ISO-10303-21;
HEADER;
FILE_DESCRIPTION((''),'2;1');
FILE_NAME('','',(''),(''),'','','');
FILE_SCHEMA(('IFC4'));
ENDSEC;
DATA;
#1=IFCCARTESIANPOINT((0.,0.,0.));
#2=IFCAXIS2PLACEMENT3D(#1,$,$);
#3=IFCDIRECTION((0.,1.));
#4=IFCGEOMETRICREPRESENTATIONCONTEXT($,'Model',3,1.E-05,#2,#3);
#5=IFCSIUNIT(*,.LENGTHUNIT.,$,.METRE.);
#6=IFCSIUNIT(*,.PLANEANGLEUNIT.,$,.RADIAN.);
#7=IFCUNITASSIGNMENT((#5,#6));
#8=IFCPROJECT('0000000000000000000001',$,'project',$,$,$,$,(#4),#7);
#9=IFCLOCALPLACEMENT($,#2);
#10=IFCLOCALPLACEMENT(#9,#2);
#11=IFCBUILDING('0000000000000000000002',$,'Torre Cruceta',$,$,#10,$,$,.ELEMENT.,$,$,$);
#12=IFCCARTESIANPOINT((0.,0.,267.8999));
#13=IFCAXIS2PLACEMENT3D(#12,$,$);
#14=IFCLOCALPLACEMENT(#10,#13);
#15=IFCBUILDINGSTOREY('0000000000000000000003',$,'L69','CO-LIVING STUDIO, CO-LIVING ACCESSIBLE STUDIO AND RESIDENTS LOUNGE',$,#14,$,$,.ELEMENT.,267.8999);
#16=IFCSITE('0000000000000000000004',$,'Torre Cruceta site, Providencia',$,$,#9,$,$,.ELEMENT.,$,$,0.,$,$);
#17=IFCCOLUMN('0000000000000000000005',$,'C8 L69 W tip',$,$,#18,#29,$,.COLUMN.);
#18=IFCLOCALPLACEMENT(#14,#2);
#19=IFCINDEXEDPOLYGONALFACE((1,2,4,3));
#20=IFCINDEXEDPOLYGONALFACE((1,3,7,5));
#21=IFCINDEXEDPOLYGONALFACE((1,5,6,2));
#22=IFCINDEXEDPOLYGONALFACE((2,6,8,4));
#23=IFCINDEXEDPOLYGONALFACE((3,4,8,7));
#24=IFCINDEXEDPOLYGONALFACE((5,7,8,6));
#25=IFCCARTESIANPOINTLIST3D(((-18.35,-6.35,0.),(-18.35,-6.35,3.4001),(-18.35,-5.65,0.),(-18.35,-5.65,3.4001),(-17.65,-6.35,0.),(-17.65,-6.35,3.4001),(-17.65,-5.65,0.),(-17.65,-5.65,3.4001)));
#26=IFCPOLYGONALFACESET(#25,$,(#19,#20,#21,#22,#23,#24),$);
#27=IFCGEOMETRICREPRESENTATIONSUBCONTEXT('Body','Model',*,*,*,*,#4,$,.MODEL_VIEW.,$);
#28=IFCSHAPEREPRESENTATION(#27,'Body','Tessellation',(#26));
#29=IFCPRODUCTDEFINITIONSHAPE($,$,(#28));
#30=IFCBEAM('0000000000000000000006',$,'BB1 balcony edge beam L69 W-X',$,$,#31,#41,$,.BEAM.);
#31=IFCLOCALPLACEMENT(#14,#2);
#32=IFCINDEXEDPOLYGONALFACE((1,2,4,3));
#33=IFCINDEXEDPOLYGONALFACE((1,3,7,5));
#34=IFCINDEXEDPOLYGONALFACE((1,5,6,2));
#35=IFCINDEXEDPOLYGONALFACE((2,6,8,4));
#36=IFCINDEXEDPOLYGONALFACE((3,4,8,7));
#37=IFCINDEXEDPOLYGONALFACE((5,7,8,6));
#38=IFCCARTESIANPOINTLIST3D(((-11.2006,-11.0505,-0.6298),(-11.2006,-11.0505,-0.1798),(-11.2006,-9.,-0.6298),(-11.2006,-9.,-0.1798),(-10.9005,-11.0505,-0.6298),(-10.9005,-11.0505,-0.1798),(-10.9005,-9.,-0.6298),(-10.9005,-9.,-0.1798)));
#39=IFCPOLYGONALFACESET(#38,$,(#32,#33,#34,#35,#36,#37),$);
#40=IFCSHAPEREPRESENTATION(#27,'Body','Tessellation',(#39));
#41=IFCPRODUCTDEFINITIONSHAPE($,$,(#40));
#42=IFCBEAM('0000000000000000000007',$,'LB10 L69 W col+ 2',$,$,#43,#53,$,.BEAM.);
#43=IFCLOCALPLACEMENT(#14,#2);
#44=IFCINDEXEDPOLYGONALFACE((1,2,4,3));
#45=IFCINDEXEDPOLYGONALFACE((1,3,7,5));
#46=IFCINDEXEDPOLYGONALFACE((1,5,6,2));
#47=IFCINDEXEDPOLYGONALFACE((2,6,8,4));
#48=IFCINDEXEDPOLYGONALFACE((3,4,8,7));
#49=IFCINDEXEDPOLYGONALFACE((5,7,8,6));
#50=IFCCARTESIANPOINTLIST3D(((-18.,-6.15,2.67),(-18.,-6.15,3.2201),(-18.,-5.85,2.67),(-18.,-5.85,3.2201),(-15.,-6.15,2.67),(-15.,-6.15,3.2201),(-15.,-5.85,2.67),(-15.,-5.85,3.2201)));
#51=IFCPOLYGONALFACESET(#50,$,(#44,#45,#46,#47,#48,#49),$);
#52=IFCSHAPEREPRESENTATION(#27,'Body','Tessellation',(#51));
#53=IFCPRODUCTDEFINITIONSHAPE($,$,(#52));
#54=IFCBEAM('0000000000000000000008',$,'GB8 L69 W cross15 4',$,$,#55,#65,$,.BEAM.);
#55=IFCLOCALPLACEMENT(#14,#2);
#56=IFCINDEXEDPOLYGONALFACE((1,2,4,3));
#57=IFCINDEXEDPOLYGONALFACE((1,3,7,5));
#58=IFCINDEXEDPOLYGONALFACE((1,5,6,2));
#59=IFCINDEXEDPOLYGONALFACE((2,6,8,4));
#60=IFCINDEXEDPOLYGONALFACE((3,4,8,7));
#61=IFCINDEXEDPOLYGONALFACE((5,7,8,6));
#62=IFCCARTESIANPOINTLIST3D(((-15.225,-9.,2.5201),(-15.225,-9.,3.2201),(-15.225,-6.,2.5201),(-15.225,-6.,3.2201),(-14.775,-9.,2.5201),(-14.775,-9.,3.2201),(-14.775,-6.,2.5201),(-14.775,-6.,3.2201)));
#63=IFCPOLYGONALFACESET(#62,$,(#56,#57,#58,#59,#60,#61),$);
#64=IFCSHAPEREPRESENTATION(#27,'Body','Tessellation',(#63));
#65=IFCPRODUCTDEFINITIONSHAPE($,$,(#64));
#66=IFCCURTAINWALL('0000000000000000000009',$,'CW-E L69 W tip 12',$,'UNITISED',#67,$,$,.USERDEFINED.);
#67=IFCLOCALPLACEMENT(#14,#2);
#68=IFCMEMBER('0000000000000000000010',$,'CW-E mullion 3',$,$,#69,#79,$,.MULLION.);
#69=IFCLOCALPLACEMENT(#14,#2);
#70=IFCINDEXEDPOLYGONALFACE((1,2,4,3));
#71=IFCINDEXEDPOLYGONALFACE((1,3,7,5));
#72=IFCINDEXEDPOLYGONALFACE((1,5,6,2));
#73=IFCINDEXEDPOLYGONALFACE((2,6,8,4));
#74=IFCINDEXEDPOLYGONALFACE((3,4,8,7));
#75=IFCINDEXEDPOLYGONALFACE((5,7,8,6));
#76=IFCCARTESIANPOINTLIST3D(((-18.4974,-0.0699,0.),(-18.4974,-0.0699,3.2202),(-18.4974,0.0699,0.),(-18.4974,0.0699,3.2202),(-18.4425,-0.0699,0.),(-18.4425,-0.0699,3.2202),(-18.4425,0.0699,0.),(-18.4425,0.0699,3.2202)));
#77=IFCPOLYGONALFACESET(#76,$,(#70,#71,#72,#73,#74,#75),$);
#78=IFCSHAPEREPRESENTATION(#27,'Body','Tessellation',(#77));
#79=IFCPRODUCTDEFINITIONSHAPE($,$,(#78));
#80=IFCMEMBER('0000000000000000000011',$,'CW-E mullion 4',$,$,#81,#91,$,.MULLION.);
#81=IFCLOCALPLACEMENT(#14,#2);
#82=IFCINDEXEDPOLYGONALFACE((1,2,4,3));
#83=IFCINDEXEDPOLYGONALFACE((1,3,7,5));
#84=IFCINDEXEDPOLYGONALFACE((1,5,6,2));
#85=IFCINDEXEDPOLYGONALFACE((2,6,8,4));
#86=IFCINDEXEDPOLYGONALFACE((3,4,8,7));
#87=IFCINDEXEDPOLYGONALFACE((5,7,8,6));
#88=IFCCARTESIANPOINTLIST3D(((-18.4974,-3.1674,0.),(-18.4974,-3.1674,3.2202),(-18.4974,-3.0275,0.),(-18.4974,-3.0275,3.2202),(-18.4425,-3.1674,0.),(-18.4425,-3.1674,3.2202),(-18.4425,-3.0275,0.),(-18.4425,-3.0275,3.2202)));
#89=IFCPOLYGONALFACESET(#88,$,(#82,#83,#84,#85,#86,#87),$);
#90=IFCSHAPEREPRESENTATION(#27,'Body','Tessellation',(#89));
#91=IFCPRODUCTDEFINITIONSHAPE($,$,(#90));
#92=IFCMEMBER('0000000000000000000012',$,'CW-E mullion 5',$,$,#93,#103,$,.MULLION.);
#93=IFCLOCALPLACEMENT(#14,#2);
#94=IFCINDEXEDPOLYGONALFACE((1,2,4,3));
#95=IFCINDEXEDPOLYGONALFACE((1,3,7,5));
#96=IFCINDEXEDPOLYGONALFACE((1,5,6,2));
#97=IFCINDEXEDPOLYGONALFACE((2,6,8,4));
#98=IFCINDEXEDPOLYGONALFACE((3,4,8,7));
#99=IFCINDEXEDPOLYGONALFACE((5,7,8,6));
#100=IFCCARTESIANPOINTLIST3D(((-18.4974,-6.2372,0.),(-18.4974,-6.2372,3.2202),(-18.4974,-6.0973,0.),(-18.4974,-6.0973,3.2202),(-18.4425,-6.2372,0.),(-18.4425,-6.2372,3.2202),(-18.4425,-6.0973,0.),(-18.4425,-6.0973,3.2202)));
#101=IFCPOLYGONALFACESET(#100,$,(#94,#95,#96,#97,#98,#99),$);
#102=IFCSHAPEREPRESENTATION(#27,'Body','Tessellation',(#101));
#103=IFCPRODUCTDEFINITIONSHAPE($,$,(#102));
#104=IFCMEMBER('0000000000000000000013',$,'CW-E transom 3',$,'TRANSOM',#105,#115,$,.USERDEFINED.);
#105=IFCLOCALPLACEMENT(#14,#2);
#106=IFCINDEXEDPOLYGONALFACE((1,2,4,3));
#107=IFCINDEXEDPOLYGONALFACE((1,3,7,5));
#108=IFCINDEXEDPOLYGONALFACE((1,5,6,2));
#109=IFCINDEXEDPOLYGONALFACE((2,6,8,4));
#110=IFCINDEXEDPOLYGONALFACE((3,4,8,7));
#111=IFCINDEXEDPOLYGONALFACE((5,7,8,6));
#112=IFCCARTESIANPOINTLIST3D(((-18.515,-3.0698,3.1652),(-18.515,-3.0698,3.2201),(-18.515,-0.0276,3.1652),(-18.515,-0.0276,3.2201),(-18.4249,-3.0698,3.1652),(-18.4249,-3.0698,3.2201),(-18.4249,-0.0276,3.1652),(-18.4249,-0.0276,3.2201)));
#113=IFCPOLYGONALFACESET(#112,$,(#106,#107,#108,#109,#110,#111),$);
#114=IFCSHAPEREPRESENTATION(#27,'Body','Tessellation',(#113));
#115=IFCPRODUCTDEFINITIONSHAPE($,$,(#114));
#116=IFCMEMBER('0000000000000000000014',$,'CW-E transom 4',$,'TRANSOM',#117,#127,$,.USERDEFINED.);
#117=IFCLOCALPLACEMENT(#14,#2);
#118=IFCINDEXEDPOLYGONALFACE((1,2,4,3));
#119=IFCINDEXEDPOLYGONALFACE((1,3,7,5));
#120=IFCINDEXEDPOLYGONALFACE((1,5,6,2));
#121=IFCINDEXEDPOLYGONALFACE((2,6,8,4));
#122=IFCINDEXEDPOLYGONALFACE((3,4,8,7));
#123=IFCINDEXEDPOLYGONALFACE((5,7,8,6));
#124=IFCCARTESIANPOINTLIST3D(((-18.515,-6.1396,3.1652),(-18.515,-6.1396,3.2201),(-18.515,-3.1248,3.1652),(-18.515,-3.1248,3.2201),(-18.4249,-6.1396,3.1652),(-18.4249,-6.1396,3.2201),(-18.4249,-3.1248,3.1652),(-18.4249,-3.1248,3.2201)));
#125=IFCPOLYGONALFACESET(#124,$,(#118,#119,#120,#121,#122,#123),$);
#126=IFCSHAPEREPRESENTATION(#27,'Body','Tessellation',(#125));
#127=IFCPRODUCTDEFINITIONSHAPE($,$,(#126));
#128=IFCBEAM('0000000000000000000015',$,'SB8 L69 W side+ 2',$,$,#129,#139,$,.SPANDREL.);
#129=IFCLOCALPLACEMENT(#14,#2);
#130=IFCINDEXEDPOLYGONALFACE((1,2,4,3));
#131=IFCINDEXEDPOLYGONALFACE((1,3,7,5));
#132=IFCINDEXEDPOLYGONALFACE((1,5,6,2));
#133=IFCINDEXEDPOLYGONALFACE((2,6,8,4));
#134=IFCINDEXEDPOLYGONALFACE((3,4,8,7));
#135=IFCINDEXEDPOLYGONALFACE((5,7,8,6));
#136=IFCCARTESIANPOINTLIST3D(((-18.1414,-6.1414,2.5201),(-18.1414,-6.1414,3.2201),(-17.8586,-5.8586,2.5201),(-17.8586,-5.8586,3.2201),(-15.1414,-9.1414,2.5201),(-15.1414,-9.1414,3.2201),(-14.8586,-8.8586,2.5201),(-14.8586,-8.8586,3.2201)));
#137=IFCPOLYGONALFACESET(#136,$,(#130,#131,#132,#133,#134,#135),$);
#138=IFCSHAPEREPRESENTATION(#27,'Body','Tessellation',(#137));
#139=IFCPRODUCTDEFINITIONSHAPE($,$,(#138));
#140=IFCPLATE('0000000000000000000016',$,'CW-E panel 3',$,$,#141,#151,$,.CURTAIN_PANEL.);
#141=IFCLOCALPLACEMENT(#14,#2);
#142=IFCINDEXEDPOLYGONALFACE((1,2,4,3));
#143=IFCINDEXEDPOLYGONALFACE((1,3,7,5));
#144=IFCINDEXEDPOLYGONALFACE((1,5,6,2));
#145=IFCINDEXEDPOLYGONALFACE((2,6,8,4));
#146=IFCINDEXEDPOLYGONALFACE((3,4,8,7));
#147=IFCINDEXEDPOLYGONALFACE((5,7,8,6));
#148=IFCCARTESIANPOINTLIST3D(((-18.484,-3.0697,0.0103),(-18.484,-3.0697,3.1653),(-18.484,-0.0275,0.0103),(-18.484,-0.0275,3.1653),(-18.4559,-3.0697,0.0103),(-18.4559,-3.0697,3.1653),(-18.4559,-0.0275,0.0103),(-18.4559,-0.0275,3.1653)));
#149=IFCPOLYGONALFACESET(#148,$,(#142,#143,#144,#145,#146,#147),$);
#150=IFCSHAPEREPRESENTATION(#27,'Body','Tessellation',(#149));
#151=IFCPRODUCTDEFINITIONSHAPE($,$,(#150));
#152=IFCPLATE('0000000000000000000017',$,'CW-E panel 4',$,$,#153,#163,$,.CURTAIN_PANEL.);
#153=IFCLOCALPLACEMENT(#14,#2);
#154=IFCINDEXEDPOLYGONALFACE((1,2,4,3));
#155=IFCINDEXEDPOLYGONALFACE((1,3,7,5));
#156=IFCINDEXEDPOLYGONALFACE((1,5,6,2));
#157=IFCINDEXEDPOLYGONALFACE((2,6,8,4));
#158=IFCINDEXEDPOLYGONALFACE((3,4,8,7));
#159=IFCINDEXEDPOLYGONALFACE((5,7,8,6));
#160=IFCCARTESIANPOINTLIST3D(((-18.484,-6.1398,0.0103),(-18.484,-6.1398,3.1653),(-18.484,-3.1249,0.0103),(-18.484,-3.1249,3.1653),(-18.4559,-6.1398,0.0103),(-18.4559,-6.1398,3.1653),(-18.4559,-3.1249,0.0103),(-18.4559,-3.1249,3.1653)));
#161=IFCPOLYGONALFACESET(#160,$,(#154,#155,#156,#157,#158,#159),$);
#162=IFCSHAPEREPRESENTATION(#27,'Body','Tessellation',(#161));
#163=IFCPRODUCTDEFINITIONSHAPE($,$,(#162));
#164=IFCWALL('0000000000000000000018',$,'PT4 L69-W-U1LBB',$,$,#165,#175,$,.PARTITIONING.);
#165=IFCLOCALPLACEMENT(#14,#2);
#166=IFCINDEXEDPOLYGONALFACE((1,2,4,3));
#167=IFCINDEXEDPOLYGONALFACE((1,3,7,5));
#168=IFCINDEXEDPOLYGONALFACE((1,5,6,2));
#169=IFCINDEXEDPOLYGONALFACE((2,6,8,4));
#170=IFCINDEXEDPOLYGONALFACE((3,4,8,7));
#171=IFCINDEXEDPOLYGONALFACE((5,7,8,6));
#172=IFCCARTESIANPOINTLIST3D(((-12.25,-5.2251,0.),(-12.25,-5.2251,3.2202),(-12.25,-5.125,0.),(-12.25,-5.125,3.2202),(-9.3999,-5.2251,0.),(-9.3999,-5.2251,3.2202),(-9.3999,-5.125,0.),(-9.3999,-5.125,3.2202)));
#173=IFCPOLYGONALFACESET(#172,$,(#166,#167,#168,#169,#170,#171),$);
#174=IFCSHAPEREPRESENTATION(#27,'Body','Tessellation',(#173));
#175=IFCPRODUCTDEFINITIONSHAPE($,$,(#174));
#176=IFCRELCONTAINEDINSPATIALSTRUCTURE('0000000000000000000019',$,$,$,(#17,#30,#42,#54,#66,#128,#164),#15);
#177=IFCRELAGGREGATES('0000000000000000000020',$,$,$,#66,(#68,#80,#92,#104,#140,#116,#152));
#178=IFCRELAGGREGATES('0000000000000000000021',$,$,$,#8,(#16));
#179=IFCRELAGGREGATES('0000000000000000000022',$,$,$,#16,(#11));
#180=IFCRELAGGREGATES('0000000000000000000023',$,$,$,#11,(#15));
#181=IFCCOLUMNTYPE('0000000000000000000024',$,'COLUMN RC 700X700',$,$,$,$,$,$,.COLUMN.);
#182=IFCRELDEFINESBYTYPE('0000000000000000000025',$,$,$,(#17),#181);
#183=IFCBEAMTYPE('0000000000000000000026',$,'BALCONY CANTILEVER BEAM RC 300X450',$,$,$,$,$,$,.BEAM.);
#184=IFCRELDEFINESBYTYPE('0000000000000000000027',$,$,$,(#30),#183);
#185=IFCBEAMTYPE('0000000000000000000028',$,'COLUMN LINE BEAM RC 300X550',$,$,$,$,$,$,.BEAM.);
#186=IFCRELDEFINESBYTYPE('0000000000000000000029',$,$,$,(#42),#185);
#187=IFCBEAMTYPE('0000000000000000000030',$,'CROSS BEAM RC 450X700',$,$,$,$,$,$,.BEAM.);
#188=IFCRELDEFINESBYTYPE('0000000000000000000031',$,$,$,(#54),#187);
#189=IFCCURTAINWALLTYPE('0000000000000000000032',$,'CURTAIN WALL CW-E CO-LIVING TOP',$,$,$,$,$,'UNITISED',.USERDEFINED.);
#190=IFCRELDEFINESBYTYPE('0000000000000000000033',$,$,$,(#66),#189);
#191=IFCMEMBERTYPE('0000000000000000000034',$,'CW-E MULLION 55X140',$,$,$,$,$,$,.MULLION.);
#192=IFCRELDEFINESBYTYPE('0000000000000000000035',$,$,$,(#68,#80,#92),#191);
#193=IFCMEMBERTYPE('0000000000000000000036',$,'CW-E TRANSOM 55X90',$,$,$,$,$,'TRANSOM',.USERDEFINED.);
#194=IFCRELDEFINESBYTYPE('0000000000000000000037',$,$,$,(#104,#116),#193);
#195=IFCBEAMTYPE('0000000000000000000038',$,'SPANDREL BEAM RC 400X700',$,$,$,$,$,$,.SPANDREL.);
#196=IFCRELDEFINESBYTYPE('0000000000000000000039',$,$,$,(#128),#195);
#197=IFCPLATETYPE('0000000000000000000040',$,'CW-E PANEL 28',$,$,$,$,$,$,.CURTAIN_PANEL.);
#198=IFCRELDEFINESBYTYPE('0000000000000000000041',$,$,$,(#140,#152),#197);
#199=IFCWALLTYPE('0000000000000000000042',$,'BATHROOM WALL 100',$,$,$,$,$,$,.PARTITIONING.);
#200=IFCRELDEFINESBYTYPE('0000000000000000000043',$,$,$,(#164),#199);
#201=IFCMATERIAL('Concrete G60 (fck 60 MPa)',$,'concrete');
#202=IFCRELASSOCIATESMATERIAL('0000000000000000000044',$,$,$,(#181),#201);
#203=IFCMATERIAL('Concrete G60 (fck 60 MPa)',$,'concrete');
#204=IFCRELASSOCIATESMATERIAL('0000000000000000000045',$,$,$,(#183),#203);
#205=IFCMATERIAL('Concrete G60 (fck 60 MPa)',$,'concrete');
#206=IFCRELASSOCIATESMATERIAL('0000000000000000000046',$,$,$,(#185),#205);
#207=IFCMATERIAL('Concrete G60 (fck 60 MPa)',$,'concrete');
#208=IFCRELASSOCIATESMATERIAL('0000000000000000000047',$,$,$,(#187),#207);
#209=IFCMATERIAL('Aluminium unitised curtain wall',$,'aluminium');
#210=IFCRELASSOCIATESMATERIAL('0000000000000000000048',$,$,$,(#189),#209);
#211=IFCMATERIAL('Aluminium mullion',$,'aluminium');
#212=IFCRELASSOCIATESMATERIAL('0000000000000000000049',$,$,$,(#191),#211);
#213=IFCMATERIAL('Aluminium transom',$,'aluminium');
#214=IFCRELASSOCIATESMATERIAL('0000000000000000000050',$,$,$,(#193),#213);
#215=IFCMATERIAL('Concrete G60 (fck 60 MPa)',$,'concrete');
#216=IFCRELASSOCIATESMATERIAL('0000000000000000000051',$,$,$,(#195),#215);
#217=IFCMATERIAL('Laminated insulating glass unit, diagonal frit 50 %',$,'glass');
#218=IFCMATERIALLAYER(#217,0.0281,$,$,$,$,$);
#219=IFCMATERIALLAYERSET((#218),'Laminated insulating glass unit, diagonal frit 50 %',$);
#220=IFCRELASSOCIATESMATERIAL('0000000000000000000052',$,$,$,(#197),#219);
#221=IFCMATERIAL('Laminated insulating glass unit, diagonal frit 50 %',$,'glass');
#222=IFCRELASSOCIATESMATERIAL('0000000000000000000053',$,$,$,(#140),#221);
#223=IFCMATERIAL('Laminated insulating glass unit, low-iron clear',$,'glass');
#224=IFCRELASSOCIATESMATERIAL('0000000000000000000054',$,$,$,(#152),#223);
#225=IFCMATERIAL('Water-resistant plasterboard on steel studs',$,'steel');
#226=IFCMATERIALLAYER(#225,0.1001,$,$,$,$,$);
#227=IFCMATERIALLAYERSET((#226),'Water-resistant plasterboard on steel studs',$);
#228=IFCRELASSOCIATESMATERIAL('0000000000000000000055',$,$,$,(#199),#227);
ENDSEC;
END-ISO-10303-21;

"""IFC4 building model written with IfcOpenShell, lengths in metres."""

from ifc_helpers import new_model, si_unit, direction, frame, frame_2d, origin, origin_2d, place, context, subcontext, project, spatial, rectangle, extrude, material, layer, layer_set, material_profile, profile_set, type_object, element, aggregate, save


model = new_model("IFC4")

# Units and contexts
model_context = context("Model", 3, precision=1e-05, world=origin(), true_north=direction((0.0, 1.0)))
body_context = subcontext(model_context, "Body", "Model", "MODEL_VIEW")
ifc_project = project(units=[si_unit("LENGTHUNIT", "METRE"), si_unit("PLANEANGLEUNIT", "RADIAN")], contexts=[model_context])

# Site, building, storey
site_placement = place(None, origin())
site = spatial("IfcSite", under=ifc_project, at=site_placement, Name="Torre Cruceta site, Providencia", CompositionType="ELEMENT", RefElevation=0.0)
building_placement = place(site_placement, origin())
building = spatial("IfcBuilding", under=site, at=building_placement, Name="Torre Cruceta", CompositionType="ELEMENT")
storey_placement = place(building_placement, frame((0.0, 0.0, 267.8999)))
storey = spatial("IfcBuildingStorey", under=building, at=storey_placement, Name="L69", Description="CO-LIVING STUDIO, CO-LIVING ACCESSIBLE STUDIO AND RESIDENTS LOUNGE", CompositionType="ELEMENT", Elevation=267.8999)

# Column
ifc_material_1 = material(Name="Concrete G60 (fck 60 MPa)", Category="concrete")
ifc_material_profile_1 = material_profile(ifc_material_1, rectangle(XDim=0.7, YDim=0.7, at=origin_2d()), Name="RC 700X700")
ifc_profile_set_1 = profile_set([ifc_material_profile_1], Name="Concrete G60 (fck 60 MPa)")
column_type = type_object("IfcColumnType", Name="COLUMN RC 700X700", PredefinedType="COLUMN", material=ifc_profile_set_1)
column_placement = place(storey_placement, frame((-18.0, -6.0, 0.0), z_axis=(0.0, 0.0, 1.0), x_axis=(1.0, 0.0, 0.0)))
element("IfcColumn", 1, at=column_placement, inside=storey, type_object=column_type, Name="C8 L69 W tip", PredefinedType="COLUMN", context=body_context, shape_type="SweptSolid", body=[
    extrude(rectangle(XDim=0.7, YDim=0.7, at=origin_2d()), origin(), (0.0, 0.0, 1.0), 3.4001),
])

# Beams
ifc_material_2 = material(Name="Concrete G60 (fck 60 MPa)", Category="concrete")
ifc_material_profile_2 = material_profile(ifc_material_2, rectangle(XDim=0.3, YDim=0.45, at=origin_2d()), Name="RC 300X450")
ifc_profile_set_2 = profile_set([ifc_material_profile_2], Name="Concrete G60 (fck 60 MPa)")
beam_type_1 = type_object("IfcBeamType", Name="BALCONY CANTILEVER BEAM RC 300X450", PredefinedType="BEAM", material=ifc_profile_set_2)
beam_1_placement = place(storey_placement, frame((-11.0505, -9.0, -0.4048), z_axis=(0.0, -1.0, 0.0), x_axis=(1.0, 0.0, 0.0)))
element("IfcBeam", 2, at=beam_1_placement, inside=storey, type_object=beam_type_1, Name="BB1 balcony edge beam L69 W-X", PredefinedType="BEAM", context=body_context, shape_type="SweptSolid", body=[
    extrude(rectangle(XDim=0.3, YDim=0.45, at=origin_2d()), origin(), (0.0, 0.0, 1.0), 2.0505),
])
ifc_material_3 = material(Name="Concrete G60 (fck 60 MPa)", Category="concrete")
ifc_material_profile_3 = material_profile(ifc_material_3, rectangle(XDim=0.3, YDim=0.55, at=origin_2d()), Name="RC 300X550")
ifc_profile_set_3 = profile_set([ifc_material_profile_3], Name="Concrete G60 (fck 60 MPa)")
beam_type_2 = type_object("IfcBeamType", Name="COLUMN LINE BEAM RC 300X550", PredefinedType="BEAM", material=ifc_profile_set_3)
beam_2_placement = place(storey_placement, frame((-15.0, -6.0, 2.9451), z_axis=(-1.0, 0.0, 0.0), x_axis=(0.0, -1.0, 0.0)))
element("IfcBeam", 3, at=beam_2_placement, inside=storey, type_object=beam_type_2, Name="LB10 L69 W col+ 2", PredefinedType="BEAM", context=body_context, shape_type="SweptSolid", body=[
    extrude(rectangle(XDim=0.3, YDim=0.55, at=origin_2d()), origin(), (0.0, 0.0, 1.0), 3.0),
])
ifc_material_4 = material(Name="Concrete G60 (fck 60 MPa)", Category="concrete")
ifc_material_profile_4 = material_profile(ifc_material_4, rectangle(XDim=0.45, YDim=0.7, at=origin_2d()), Name="RC 450X700")
ifc_profile_set_4 = profile_set([ifc_material_profile_4], Name="Concrete G60 (fck 60 MPa)")
beam_type_3 = type_object("IfcBeamType", Name="CROSS BEAM RC 450X700", PredefinedType="BEAM", material=ifc_profile_set_4)
beam_3_placement = place(storey_placement, frame((-15.0, -6.0, 2.8701), z_axis=(0.0, -1.0, 0.0), x_axis=(1.0, 0.0, 0.0)))
element("IfcBeam", 4, at=beam_3_placement, inside=storey, type_object=beam_type_3, Name="GB8 L69 W cross15 4", PredefinedType="BEAM", context=body_context, shape_type="SweptSolid", body=[
    extrude(rectangle(XDim=0.45, YDim=0.7, at=origin_2d()), origin(), (0.0, 0.0, 1.0), 3.0),
])

# Curtain wall, members
ifc_material_5 = material(Name="Aluminium unitised curtain wall", Category="aluminium")
curtain_wall_type = type_object("IfcCurtainWallType", Name="CURTAIN WALL CW-E CO-LIVING TOP", ElementType="UNITISED", PredefinedType="USERDEFINED", material=ifc_material_5)
curtain_wall_placement = place(storey_placement, origin())
curtain_wall = element("IfcCurtainWall", 5, at=curtain_wall_placement, inside=storey, type_object=curtain_wall_type, Name="CW-E L69 W tip 12", ObjectType="UNITISED", PredefinedType="USERDEFINED")
ifc_material_6 = material(Name="Aluminium mullion", Category="aluminium")
ifc_material_profile_5 = material_profile(ifc_material_6, rectangle(XDim=0.0549, YDim=0.1399, at=origin_2d()), Name="AL 55X140")
ifc_profile_set_5 = profile_set([ifc_material_profile_5], Name="Aluminium mullion")
member_type_1 = type_object("IfcMemberType", Name="CW-E MULLION 55X140", PredefinedType="MULLION", material=ifc_profile_set_5)
member_1_placement = place(storey_placement, frame((-18.47, 0.0, 0.0), z_axis=(0.0, 0.0, 1.0), x_axis=(1.0, 0.0, 0.0)))
member_1 = element("IfcMember", 6, at=member_1_placement, type_object=member_type_1, Name="CW-E mullion 3", PredefinedType="MULLION", context=body_context, shape_type="SweptSolid", body=[
    extrude(rectangle(XDim=0.0549, YDim=0.1399, at=origin_2d()), origin(), (0.0, 0.0, 1.0), 3.2202),
])
member_2_placement = place(storey_placement, frame((-18.47, -3.0974, 0.0), z_axis=(0.0, 0.0, 1.0), x_axis=(1.0, 0.0, 0.0)))
member_2 = element("IfcMember", 7, at=member_2_placement, type_object=member_type_1, Name="CW-E mullion 4", PredefinedType="MULLION", context=body_context, shape_type="SweptSolid", body=[
    extrude(rectangle(XDim=0.0549, YDim=0.1399, at=origin_2d()), origin(), (0.0, 0.0, 1.0), 3.2202),
])
member_3_placement = place(storey_placement, frame((-18.47, -6.1672, 0.0), z_axis=(0.0, 0.0, 1.0), x_axis=(1.0, 0.0, 0.0)))
member_3 = element("IfcMember", 8, at=member_3_placement, type_object=member_type_1, Name="CW-E mullion 5", PredefinedType="MULLION", context=body_context, shape_type="SweptSolid", body=[
    extrude(rectangle(XDim=0.0549, YDim=0.1399, at=origin_2d()), origin(), (0.0, 0.0, 1.0), 3.2202),
])
ifc_material_7 = material(Name="Aluminium transom", Category="aluminium")
ifc_material_profile_6 = material_profile(ifc_material_7, rectangle(XDim=0.0901, YDim=0.0549, at=origin_2d()), Name="AL 90X55")
ifc_profile_set_6 = profile_set([ifc_material_profile_6], Name="Aluminium transom")
member_type_2 = type_object("IfcMemberType", Name="CW-E TRANSOM 55X90", ElementType="TRANSOM", PredefinedType="USERDEFINED", material=ifc_profile_set_6)
member_4_placement = place(storey_placement, frame((-18.47, -0.0276, 3.1926), z_axis=(0.0, -1.0, 0.0), x_axis=(1.0, 0.0, 0.0)))
member_4 = element("IfcMember", 9, at=member_4_placement, type_object=member_type_2, Name="CW-E transom 3", ObjectType="TRANSOM", PredefinedType="USERDEFINED", context=body_context, shape_type="SweptSolid", body=[
    extrude(rectangle(XDim=0.0901, YDim=0.0549, at=origin_2d()), origin(), (0.0, 0.0, 1.0), 3.0422),
])
member_5_placement = place(storey_placement, frame((-18.47, -3.1248, 3.1926), z_axis=(0.0, -1.0, 0.0), x_axis=(1.0, 0.0, 0.0)))
member_5 = element("IfcMember", 10, at=member_5_placement, type_object=member_type_2, Name="CW-E transom 4", ObjectType="TRANSOM", PredefinedType="USERDEFINED", context=body_context, shape_type="SweptSolid", body=[
    extrude(rectangle(XDim=0.0901, YDim=0.0549, at=origin_2d()), origin(), (0.0, 0.0, 1.0), 3.0149),
])

# Beam
ifc_material_8 = material(Name="Concrete G60 (fck 60 MPa)", Category="concrete")
ifc_material_profile_7 = material_profile(ifc_material_8, rectangle(XDim=0.3999, YDim=0.7, at=origin_2d()), Name="RC 400X700")
ifc_profile_set_7 = profile_set([ifc_material_profile_7], Name="Concrete G60 (fck 60 MPa)")
beam_type_4 = type_object("IfcBeamType", Name="SPANDREL BEAM RC 400X700", PredefinedType="SPANDREL", material=ifc_profile_set_7)
beam_4_placement = place(storey_placement, frame((-15.0, -9.0, 2.8701), z_axis=(-0.707107, 0.707107, 0.0), x_axis=(-0.707107, -0.707107, 0.0)))
element("IfcBeam", 11, at=beam_4_placement, inside=storey, type_object=beam_type_4, Name="SB8 L69 W side+ 2", PredefinedType="SPANDREL", context=body_context, shape_type="SweptSolid", body=[
    extrude(rectangle(XDim=0.3999, YDim=0.7, at=origin_2d()), origin(), (0.0, 0.0, 1.0), 4.2427),
])

# Plates
ifc_material_9 = material(Name="Laminated insulating glass unit, diagonal frit 50 %", Category="glass")
ifc_material_10 = material(Name="Laminated insulating glass unit, diagonal frit 50 %", Category="glass")
ifc_layer_1 = layer(ifc_material_10, 0.0281)
ifc_layer_set_1 = layer_set([ifc_layer_1], Name="Laminated insulating glass unit, diagonal frit 50 %")
plate_type = type_object("IfcPlateType", Name="CW-E PANEL 28", PredefinedType="CURTAIN_PANEL", material=ifc_layer_set_1)
plate_1_placement = place(storey_placement, frame((-18.47, -1.5486, 0.0103), z_axis=(0.0, 0.0, 1.0), x_axis=(0.0, -1.0, 0.0)))
plate_1 = element("IfcPlate", 12, at=plate_1_placement, type_object=plate_type, material=ifc_material_9, Name="CW-E panel 3", PredefinedType="CURTAIN_PANEL", context=body_context, shape_type="SweptSolid", body=[
    extrude(rectangle(XDim=3.0422, YDim=0.0281, at=origin_2d()), origin(), (0.0, 0.0, 1.0), 3.155),
])
ifc_material_11 = material(Name="Laminated insulating glass unit, low-iron clear", Category="glass")
plate_2_placement = place(storey_placement, frame((-18.47, -4.6323, 0.0103), z_axis=(0.0, 0.0, 1.0), x_axis=(0.0, -1.0, 0.0)))
plate_2 = element("IfcPlate", 13, at=plate_2_placement, type_object=plate_type, material=ifc_material_11, Name="CW-E panel 4", PredefinedType="CURTAIN_PANEL", context=body_context, shape_type="SweptSolid", body=[
    extrude(rectangle(XDim=3.0149, YDim=0.0281, at=origin_2d()), origin(), (0.0, 0.0, 1.0), 3.155),
])
aggregate(curtain_wall, [member_1, member_2, member_3, member_4, plate_1, member_5, plate_2])

# Wall
ifc_material_12 = material(Name="Water-resistant plasterboard on steel studs", Category="steel")
ifc_layer_2 = layer(ifc_material_12, 0.1001)
ifc_layer_set_2 = layer_set([ifc_layer_2], Name="Water-resistant plasterboard on steel studs")
wall_type_1 = type_object("IfcWallType", Name="BATHROOM WALL 100", PredefinedType="PARTITIONING", material=ifc_layer_set_2)
wall_1_placement = place(storey_placement, frame((-9.3999, -5.175, 0.0), z_axis=(0.0, 0.0, 1.0), x_axis=(-1.0, 0.0, 0.0)))
element("IfcWall", 14, at=wall_1_placement, inside=storey, type_object=wall_type_1, Name="PT4 L69-W-U1LBB", PredefinedType="PARTITIONING", context=body_context, shape_type="SweptSolid", body=[
    extrude(rectangle(XDim=2.8501, YDim=0.1001, at=frame_2d((1.425, 0.0))), origin(), (0.0, 0.0, 1.0), 3.2202),
])

save(model, "model.ifc")
